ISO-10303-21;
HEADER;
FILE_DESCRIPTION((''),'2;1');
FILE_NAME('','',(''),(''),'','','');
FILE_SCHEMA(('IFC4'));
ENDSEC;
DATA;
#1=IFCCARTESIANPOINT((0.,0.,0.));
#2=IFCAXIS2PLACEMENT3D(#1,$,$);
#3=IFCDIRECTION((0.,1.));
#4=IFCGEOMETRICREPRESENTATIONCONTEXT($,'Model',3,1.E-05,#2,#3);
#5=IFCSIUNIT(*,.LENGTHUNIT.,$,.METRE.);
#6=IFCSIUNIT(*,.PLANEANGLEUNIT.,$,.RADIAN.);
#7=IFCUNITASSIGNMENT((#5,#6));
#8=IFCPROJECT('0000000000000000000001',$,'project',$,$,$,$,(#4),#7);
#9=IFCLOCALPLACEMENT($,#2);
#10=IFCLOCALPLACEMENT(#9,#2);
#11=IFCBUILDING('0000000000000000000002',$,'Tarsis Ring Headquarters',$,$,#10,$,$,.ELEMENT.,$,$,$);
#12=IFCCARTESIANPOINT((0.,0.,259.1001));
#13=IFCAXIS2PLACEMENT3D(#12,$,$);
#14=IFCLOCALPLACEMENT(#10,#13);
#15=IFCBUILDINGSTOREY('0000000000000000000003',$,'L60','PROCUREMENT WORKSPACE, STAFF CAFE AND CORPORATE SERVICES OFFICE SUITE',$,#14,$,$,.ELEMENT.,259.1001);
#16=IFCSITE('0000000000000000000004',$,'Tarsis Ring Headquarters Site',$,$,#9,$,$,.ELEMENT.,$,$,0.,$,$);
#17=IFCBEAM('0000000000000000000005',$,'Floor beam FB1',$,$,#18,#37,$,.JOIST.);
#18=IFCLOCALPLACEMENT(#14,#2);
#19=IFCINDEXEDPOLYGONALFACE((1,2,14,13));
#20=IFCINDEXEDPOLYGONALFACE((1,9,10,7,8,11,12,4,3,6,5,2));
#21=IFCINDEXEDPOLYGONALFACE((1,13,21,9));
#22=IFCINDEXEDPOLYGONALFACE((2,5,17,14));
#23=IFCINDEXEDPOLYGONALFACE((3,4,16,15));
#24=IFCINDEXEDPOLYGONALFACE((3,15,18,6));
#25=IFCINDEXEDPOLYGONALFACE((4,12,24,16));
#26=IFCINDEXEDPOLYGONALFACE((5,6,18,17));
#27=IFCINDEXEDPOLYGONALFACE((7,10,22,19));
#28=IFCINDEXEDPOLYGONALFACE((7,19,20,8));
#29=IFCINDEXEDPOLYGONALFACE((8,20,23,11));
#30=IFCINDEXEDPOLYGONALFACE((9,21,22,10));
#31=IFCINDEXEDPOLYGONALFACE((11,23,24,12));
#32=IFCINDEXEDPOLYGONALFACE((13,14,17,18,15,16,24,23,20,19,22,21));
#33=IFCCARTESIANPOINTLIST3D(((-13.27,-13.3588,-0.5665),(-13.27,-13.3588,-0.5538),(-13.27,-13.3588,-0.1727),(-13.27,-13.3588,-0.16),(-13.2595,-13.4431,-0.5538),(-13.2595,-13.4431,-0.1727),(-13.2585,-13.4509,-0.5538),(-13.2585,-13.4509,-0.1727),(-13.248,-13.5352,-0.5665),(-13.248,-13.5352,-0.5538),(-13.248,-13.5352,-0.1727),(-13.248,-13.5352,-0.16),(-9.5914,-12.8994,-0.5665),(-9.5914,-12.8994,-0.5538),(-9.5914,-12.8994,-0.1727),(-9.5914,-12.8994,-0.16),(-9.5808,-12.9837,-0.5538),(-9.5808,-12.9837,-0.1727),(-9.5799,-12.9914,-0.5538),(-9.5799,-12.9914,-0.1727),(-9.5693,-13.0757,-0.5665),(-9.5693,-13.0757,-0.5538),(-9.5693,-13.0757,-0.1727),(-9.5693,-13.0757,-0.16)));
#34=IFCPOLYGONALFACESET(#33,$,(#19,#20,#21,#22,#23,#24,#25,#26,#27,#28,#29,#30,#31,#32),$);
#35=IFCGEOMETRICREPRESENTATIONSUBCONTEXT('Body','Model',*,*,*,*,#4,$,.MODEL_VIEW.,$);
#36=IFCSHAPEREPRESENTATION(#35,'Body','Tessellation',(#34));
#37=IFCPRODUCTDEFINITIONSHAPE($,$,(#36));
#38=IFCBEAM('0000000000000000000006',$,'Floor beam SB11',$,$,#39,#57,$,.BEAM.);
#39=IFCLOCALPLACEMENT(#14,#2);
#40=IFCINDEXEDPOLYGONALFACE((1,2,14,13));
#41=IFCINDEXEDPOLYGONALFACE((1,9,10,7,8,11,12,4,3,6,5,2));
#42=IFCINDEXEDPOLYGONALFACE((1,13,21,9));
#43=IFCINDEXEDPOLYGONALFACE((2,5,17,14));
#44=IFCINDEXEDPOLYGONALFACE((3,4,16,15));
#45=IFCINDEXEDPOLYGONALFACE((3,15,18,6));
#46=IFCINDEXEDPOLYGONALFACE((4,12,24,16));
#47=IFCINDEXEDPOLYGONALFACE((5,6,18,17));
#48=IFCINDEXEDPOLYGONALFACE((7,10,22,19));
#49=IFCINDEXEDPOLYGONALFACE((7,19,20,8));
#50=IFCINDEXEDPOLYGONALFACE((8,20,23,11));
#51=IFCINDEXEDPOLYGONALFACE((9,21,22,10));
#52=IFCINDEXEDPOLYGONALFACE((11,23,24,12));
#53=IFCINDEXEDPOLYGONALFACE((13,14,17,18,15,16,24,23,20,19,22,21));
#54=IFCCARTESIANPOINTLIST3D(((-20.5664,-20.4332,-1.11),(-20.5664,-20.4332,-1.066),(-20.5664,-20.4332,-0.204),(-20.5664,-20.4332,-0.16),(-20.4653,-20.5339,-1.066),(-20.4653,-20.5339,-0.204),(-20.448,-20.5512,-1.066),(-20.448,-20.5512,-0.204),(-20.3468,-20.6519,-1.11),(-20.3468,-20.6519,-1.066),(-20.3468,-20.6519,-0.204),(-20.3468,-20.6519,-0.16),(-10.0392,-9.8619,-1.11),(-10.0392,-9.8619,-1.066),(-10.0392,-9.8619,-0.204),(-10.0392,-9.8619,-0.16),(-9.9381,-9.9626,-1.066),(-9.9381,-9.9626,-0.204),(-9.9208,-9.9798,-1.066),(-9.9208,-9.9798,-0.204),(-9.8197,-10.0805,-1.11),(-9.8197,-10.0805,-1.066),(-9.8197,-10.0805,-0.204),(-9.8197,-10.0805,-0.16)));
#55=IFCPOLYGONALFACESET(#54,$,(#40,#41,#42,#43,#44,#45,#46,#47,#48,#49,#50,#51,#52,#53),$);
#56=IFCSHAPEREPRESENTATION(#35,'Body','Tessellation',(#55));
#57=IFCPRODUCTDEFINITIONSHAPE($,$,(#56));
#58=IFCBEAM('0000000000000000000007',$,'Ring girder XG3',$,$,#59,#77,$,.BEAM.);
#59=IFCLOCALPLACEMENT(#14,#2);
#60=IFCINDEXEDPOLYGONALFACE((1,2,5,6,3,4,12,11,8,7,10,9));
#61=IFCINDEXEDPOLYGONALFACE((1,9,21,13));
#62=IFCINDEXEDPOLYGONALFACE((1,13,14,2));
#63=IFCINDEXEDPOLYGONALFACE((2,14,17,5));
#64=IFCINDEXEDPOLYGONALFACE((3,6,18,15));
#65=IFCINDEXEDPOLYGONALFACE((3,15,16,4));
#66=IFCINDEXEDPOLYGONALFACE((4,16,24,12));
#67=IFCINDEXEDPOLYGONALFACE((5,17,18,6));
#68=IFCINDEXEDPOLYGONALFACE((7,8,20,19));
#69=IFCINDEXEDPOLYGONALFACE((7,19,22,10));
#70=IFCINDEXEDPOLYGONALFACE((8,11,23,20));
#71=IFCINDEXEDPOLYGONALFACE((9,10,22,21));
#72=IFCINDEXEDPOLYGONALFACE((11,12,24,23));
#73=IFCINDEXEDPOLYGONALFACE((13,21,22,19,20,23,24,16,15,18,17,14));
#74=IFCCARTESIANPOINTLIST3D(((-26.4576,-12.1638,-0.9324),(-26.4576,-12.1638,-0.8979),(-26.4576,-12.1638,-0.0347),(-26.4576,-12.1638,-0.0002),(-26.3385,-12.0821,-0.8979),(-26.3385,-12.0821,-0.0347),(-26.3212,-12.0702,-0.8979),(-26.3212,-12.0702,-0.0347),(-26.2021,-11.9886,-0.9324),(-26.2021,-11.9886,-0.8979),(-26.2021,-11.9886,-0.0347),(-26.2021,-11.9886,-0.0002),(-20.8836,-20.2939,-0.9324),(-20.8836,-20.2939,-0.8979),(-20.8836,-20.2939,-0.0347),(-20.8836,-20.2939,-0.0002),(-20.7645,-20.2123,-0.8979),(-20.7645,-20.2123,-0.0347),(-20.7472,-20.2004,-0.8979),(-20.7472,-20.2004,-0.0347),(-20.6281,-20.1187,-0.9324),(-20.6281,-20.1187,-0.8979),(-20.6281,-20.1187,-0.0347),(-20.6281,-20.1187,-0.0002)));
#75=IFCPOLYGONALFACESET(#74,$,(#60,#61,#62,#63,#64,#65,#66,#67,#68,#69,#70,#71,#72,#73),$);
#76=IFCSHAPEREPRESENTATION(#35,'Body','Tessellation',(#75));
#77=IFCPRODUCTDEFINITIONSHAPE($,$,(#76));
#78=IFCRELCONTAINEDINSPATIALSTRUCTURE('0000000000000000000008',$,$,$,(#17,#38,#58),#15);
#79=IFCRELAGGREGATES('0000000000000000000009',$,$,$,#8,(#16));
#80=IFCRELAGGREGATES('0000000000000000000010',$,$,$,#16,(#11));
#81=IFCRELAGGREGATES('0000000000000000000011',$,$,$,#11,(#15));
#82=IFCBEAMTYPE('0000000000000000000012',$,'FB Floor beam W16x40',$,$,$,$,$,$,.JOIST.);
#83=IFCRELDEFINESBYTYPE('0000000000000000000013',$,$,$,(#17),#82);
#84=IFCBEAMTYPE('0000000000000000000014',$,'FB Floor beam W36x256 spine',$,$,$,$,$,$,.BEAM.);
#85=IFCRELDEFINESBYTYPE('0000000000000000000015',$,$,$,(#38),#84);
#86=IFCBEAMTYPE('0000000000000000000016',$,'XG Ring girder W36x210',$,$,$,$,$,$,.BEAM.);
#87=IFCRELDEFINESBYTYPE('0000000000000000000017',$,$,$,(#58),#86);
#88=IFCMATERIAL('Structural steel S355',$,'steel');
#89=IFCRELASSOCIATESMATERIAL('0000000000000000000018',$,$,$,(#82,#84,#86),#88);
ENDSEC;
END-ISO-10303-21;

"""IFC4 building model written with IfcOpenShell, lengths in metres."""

from ifc_helpers import new_model, si_unit, direction, frame, origin, origin_2d, place, context, subcontext, project, spatial, i_section, extrude, material, material_profile, profile_set, type_object, element, save


model = new_model("IFC4")

# Units and contexts
model_context = context("Model", 3, precision=1e-05, world=origin(), true_north=direction((0.0, 1.0)))
body_context = subcontext(model_context, "Body", "Model", "MODEL_VIEW")
ifc_project = project(units=[si_unit("LENGTHUNIT", "METRE"), si_unit("PLANEANGLEUNIT", "RADIAN")], contexts=[model_context])

# Site, building, storey
site_placement = place(None, origin())
site = spatial("IfcSite", under=ifc_project, at=site_placement, Name="Tarsis Ring Headquarters Site", CompositionType="ELEMENT", RefElevation=0.0)
building_placement = place(site_placement, origin())
building = spatial("IfcBuilding", under=site, at=building_placement, Name="Tarsis Ring Headquarters", CompositionType="ELEMENT")
storey_placement = place(building_placement, frame((0.0, 0.0, 259.1001)))
storey = spatial("IfcBuildingStorey", under=building, at=storey_placement, Name="L60", Description="PROCUREMENT WORKSPACE, STAFF CAFE AND CORPORATE SERVICES OFFICE SUITE", CompositionType="ELEMENT", Elevation=259.1001)

# Beams
ifc_material_1 = material(Name="Structural steel S355", Category="steel")
ifc_material_profile_1 = material_profile(ifc_material_1, i_section(OverallWidth=0.1777, OverallDepth=0.4065, WebThickness=0.0078, FlangeThickness=0.0127, at=origin_2d()), Name="W16x40")
ifc_profile_set_1 = profile_set([ifc_material_profile_1], Name="Structural steel S355")
beam_type_1 = type_object("IfcBeamType", Name="FB Floor beam W16x40", PredefinedType="JOIST", material=ifc_profile_set_1)
beam_1_placement = place(storey_placement, frame((-13.259, -13.447, -0.3633), z_axis=(0.99229, 0.123937, 0.0), x_axis=(-0.123937, 0.99229, 0.0)))
element("IfcBeam", 1, at=beam_1_placement, inside=storey, type_object=beam_type_1, Name="Floor beam FB1", PredefinedType="JOIST", context=body_context, shape_type="SweptSolid", body=[
    extrude(i_section(OverallWidth=0.1777, OverallDepth=0.4065, WebThickness=0.0078, FlangeThickness=0.0127, at=origin_2d()), origin(), (0.0, 0.0, 1.0), 3.7073),
])
ifc_material_profile_2 = material_profile(ifc_material_1, i_section(OverallWidth=0.3098, OverallDepth=0.95, WebThickness=0.0244, FlangeThickness=0.0439, at=origin_2d()), Name="W36x256")
ifc_profile_set_2 = profile_set([ifc_material_profile_2], Name="Structural steel S355")
beam_type_2 = type_object("IfcBeamType", Name="FB Floor beam W36x256 spine", PredefinedType="BEAM", material=ifc_profile_set_2)
beam_2_placement = place(storey_placement, frame((-9.9294, -9.9712, -0.635), z_axis=(-0.705624, -0.708586, 0.0), x_axis=(0.708586, -0.705624, 0.0)))
element("IfcBeam", 2, at=beam_2_placement, inside=storey, type_object=beam_type_2, Name="Floor beam SB11", PredefinedType="BEAM", context=body_context, shape_type="SweptSolid", body=[
    extrude(i_section(OverallWidth=0.3098, OverallDepth=0.95, WebThickness=0.0244, FlangeThickness=0.0439, at=origin_2d()), origin(), (0.0, 0.0, 1.0), 14.9189),
])
ifc_material_profile_3 = material_profile(ifc_material_1, i_section(OverallWidth=0.3098, OverallDepth=0.9321, WebThickness=0.021, FlangeThickness=0.0344, at=origin_2d()), Name="W36x210")
ifc_profile_set_3 = profile_set([ifc_material_profile_3], Name="Structural steel S355")
beam_type_3 = type_object("IfcBeamType", Name="XG Ring girder W36x210", PredefinedType="BEAM", material=ifc_profile_set_3)
beam_3_placement = place(storey_placement, frame((-26.3298, -12.0762, -0.4663), z_axis=(0.565461, -0.824775, 0.0), x_axis=(0.824775, 0.565461, 0.0)))
element("IfcBeam", 3, at=beam_3_placement, inside=storey, type_object=beam_type_3, Name="Ring girder XG3", PredefinedType="BEAM", context=body_context, shape_type="SweptSolid", body=[
    extrude(i_section(OverallWidth=0.3098, OverallDepth=0.9321, WebThickness=0.021, FlangeThickness=0.0344, at=origin_2d()), origin(), (0.0, 0.0, 1.0), 9.8574),
])

save(model, "model.ifc")
